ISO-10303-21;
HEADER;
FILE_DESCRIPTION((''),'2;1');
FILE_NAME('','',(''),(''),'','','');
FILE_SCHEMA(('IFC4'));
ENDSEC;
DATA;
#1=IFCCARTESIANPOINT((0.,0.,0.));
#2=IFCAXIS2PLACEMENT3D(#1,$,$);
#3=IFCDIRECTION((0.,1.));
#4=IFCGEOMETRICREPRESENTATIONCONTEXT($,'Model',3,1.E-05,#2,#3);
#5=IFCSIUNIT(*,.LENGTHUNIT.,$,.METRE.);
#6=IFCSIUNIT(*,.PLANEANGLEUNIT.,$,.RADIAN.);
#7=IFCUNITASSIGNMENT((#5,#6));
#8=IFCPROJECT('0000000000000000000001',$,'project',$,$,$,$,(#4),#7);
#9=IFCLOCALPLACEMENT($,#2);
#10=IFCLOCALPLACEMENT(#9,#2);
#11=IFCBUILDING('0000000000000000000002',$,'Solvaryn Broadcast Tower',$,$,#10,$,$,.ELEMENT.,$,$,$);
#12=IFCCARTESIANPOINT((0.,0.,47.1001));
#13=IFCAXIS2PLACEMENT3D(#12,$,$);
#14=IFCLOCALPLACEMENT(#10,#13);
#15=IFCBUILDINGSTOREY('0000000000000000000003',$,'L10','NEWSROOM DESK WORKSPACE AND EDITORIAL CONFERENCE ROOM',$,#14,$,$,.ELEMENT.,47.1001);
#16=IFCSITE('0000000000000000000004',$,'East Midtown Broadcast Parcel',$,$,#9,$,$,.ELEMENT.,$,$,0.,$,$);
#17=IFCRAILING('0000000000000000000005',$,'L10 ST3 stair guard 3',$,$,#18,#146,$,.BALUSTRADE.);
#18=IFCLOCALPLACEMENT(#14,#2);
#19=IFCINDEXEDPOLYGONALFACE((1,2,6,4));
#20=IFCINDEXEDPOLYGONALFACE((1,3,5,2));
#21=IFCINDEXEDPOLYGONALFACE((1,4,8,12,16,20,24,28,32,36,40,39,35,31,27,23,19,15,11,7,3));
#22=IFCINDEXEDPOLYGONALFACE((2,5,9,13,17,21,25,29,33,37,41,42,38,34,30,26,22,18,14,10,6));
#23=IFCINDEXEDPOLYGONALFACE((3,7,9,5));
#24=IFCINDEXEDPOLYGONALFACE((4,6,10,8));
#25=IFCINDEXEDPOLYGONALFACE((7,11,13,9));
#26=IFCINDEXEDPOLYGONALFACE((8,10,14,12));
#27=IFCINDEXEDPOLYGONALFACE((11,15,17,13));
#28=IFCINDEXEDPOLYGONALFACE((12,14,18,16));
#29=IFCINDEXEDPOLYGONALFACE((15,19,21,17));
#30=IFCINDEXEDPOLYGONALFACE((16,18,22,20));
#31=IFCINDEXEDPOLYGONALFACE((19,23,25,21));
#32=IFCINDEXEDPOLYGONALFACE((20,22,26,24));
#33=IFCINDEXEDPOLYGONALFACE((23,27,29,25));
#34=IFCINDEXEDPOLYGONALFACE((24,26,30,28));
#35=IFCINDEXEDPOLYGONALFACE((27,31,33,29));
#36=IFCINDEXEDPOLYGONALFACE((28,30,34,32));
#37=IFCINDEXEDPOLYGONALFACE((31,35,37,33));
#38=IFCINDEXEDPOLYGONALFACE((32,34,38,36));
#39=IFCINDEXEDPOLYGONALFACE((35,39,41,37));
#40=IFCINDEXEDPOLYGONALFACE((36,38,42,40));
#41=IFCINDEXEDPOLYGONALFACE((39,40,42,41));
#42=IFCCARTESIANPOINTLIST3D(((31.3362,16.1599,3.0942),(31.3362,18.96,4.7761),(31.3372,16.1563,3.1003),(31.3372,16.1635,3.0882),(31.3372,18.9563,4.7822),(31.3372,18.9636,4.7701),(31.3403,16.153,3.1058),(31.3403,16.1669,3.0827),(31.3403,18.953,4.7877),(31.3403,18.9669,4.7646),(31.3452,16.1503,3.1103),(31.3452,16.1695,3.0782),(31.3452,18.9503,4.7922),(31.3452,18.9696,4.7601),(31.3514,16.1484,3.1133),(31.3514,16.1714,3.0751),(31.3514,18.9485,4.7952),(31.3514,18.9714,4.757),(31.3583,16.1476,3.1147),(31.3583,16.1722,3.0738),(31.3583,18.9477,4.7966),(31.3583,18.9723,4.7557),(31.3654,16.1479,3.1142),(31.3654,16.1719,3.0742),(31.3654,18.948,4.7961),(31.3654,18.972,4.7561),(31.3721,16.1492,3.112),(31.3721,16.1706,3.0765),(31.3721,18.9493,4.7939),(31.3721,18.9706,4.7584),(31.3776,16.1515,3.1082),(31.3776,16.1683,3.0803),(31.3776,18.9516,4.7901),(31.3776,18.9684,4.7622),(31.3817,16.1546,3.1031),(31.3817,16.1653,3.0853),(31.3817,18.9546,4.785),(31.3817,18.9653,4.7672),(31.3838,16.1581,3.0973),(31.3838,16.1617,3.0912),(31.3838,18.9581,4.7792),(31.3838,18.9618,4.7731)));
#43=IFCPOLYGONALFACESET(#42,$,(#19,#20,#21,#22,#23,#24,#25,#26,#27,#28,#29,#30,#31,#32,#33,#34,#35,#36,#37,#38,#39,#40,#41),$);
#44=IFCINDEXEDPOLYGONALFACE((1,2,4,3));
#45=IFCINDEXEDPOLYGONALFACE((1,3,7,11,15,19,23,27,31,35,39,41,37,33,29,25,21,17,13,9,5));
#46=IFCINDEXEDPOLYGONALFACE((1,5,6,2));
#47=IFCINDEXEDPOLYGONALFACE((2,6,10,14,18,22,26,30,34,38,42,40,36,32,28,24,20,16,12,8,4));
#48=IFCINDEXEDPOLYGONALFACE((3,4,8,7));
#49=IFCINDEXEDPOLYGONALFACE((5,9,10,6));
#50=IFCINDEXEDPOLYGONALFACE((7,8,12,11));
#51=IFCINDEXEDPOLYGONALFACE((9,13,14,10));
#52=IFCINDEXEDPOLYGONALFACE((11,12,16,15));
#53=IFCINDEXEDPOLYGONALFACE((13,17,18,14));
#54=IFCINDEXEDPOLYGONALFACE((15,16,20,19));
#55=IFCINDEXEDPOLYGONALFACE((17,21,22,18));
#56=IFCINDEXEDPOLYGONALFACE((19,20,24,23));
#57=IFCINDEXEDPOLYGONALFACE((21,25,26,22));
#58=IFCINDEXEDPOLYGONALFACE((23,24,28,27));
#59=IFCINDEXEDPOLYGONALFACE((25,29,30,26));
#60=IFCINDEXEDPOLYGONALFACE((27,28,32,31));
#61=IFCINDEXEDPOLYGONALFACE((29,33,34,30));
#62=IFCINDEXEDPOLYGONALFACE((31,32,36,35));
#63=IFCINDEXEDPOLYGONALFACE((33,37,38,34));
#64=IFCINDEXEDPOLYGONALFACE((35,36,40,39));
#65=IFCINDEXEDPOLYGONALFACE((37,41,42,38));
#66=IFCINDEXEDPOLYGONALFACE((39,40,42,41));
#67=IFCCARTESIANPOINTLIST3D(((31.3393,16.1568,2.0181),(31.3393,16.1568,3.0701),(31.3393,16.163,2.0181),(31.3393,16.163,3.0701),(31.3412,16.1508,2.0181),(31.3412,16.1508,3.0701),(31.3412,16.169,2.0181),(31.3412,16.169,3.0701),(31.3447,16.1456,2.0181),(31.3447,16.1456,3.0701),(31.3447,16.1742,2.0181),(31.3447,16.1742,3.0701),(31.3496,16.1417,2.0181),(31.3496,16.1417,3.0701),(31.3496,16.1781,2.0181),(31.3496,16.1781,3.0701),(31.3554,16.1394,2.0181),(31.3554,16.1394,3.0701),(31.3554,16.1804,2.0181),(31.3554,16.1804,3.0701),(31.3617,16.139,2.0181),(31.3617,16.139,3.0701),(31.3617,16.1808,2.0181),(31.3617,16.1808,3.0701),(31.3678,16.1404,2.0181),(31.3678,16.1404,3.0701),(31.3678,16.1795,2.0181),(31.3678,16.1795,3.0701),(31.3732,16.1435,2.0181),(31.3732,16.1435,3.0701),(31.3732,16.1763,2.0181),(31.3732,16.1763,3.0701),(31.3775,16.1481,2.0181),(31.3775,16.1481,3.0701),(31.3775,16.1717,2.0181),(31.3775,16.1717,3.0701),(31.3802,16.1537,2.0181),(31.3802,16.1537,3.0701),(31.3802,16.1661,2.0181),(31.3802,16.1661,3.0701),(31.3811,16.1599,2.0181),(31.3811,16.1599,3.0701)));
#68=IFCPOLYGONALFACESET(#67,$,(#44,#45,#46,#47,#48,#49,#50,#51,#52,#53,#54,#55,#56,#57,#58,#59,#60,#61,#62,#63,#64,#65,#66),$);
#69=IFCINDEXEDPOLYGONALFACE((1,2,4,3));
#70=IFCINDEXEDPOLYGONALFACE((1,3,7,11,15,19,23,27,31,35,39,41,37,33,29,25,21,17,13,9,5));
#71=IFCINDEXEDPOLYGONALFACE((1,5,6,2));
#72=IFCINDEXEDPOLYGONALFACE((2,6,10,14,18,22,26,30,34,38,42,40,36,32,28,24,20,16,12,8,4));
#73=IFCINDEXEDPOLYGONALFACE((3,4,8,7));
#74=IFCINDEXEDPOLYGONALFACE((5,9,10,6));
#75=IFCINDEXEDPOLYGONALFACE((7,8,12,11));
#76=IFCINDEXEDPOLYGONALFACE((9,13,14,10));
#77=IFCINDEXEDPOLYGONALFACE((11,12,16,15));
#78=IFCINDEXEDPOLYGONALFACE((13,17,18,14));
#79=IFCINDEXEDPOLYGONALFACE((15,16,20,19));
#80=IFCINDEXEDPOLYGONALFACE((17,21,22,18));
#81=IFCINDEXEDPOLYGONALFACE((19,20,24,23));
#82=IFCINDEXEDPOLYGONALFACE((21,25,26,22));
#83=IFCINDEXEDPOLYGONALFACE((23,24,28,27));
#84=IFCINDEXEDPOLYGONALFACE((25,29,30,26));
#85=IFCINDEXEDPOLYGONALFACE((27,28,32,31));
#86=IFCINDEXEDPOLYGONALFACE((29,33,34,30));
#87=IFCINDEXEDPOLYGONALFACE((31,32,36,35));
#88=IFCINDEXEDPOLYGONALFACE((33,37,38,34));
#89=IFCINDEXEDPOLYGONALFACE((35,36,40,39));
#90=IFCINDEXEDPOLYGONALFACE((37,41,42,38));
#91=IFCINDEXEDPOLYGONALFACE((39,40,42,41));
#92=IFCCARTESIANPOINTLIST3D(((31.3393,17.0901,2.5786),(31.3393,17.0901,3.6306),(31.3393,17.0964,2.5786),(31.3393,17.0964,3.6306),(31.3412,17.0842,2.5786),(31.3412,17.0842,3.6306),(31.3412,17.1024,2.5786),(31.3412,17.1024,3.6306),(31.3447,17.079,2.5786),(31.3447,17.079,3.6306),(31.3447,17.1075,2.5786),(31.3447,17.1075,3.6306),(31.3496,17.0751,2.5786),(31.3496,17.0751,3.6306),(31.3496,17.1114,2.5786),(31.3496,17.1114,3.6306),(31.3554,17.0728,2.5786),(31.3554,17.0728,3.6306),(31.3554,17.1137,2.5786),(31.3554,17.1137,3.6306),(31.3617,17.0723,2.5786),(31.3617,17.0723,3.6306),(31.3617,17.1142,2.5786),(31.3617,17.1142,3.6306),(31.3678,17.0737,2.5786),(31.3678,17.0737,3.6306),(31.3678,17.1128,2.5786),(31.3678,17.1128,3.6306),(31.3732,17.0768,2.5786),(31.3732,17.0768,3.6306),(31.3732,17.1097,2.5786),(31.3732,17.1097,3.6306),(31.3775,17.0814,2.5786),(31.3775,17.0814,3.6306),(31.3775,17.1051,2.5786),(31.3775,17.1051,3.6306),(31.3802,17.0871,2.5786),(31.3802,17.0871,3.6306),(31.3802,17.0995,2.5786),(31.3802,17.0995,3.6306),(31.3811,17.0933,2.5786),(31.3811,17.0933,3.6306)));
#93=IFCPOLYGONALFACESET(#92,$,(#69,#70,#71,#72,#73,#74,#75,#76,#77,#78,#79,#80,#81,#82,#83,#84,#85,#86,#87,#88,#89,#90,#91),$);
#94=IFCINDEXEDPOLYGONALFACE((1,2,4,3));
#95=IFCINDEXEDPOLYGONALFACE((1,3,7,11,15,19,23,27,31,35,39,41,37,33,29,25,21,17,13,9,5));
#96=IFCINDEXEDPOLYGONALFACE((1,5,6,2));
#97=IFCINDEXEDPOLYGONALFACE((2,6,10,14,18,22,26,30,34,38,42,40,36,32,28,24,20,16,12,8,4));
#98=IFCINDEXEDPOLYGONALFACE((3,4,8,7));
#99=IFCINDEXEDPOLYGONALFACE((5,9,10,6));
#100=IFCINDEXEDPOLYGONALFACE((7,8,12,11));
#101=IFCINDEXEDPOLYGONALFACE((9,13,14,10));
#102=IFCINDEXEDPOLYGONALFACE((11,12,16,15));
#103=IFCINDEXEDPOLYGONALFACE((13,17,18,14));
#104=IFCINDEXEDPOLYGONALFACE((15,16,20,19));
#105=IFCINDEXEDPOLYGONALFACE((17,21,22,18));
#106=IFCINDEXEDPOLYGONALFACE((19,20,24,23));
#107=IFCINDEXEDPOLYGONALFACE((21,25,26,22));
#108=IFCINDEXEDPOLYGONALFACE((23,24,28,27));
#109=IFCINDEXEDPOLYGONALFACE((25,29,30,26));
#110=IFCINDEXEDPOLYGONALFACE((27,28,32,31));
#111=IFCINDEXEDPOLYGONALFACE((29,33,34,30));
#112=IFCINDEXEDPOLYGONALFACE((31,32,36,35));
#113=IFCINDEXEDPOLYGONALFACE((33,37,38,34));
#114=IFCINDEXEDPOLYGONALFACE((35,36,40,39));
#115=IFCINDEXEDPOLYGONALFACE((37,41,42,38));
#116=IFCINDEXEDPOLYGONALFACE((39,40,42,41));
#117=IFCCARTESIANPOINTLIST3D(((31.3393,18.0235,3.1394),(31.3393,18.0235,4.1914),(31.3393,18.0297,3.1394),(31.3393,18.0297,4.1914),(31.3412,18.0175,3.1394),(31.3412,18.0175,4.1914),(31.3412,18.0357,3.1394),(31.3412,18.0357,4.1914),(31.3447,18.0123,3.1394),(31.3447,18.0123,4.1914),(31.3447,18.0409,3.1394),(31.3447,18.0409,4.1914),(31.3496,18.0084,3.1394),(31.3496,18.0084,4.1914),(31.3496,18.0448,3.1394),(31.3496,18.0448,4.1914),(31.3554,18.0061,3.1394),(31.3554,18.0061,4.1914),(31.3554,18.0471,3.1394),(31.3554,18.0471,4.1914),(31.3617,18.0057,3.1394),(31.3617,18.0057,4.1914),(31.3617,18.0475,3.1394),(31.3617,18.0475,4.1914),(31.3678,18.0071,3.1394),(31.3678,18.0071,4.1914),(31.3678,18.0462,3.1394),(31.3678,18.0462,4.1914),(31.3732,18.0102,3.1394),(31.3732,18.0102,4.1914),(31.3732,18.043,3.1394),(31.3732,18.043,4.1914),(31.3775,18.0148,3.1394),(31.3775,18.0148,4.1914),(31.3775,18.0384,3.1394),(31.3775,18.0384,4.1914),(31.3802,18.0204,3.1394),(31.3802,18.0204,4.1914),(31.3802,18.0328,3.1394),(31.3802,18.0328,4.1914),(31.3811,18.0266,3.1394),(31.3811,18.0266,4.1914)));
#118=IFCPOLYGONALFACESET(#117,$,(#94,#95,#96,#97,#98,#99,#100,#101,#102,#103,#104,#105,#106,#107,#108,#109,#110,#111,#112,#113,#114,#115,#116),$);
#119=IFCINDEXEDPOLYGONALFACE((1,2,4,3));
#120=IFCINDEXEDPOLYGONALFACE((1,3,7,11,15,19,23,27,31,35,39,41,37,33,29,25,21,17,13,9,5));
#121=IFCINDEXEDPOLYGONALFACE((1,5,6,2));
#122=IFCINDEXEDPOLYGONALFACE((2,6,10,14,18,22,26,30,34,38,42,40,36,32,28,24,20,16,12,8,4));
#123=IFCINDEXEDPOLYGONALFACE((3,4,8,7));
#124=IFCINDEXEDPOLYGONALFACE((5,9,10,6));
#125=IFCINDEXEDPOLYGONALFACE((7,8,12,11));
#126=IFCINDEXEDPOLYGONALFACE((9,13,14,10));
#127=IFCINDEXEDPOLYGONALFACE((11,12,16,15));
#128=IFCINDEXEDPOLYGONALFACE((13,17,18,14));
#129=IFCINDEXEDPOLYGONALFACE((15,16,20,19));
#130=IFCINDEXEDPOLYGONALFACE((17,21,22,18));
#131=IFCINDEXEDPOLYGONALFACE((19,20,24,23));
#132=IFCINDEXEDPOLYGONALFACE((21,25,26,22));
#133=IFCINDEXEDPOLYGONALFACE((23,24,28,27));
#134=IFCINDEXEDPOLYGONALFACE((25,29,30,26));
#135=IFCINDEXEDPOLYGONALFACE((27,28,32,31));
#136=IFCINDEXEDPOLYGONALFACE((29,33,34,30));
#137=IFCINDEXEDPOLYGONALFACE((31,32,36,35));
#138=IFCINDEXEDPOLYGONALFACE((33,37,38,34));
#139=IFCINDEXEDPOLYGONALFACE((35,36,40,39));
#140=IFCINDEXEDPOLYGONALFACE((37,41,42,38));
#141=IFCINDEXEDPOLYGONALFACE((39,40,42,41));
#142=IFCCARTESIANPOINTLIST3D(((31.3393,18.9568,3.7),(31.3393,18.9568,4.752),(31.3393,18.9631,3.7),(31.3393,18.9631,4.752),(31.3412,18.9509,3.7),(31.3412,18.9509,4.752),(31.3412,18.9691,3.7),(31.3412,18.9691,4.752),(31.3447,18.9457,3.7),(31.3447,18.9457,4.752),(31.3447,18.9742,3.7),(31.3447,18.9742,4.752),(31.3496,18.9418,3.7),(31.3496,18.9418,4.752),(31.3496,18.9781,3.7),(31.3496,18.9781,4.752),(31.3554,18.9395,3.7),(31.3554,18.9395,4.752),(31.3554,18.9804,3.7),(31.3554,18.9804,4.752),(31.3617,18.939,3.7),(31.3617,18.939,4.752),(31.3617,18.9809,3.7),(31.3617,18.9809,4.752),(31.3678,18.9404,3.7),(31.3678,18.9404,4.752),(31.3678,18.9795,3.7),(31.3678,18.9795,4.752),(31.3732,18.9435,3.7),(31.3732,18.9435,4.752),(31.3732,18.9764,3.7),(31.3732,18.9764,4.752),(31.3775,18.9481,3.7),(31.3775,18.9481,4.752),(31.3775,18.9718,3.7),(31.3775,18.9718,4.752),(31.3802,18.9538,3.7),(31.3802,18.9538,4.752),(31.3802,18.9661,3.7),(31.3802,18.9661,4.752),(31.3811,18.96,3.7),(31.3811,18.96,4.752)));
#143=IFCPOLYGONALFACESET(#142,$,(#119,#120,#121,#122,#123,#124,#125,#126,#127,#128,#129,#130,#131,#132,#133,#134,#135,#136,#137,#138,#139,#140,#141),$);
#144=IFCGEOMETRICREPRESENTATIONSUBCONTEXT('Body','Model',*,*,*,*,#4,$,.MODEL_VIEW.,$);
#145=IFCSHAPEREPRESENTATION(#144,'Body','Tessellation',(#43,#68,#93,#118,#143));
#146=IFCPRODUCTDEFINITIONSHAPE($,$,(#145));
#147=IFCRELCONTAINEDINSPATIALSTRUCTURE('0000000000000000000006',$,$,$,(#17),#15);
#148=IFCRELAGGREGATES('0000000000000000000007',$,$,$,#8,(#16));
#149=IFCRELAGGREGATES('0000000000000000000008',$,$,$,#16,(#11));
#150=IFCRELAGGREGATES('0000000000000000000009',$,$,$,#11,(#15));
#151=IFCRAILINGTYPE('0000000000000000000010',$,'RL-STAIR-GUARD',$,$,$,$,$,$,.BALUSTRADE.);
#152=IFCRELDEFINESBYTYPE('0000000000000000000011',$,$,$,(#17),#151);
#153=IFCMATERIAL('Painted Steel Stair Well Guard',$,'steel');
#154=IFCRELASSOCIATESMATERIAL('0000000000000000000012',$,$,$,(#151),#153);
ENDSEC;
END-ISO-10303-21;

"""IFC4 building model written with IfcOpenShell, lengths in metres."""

from ifc_helpers import new_model, si_unit, direction, frame, origin, origin_2d, place, context, subcontext, project, spatial, circle, extrude, material, type_object, element, save


model = new_model("IFC4")

# Units and contexts
model_context = context("Model", 3, precision=1e-05, world=origin(), true_north=direction((0.0, 1.0)))
body_context = subcontext(model_context, "Body", "Model", "MODEL_VIEW")
ifc_project = project(units=[si_unit("LENGTHUNIT", "METRE"), si_unit("PLANEANGLEUNIT", "RADIAN")], contexts=[model_context])

# Site, building, storey
site_placement = place(None, origin())
site = spatial("IfcSite", under=ifc_project, at=site_placement, Name="East Midtown Broadcast Parcel", CompositionType="ELEMENT", RefElevation=0.0)
building_placement = place(site_placement, origin())
building = spatial("IfcBuilding", under=site, at=building_placement, Name="Solvaryn Broadcast Tower", CompositionType="ELEMENT")
storey_placement = place(building_placement, frame((0.0, 0.0, 47.1001)))
storey = spatial("IfcBuildingStorey", under=building, at=storey_placement, Name="L10", Description="NEWSROOM DESK WORKSPACE AND EDITORIAL CONFERENCE ROOM", CompositionType="ELEMENT", Elevation=47.1001)

# Railing
ifc_material_1 = material(Name="Painted Steel Stair Well Guard", Category="steel")
railing_type_1 = type_object("IfcRailingType", Name="RL-STAIR-GUARD", PredefinedType="BALUSTRADE", material=ifc_material_1)
railing_1_placement = place(storey_placement, frame((31.3601, 16.1599, 2.0181)))
element("IfcRailing", 1, at=railing_1_placement, inside=storey, type_object=railing_type_1, Name="L10 ST3 stair guard 3", PredefinedType="BALUSTRADE", context=body_context, shape_type="SweptSolid", body=[
    extrude(circle(Radius=0.0239, at=origin_2d()), frame((0.0, 0.0, 1.0762), z_axis=(0.0, 0.857242, 0.514913), x_axis=(-1.0, 0.0, 0.0)), (0.0, 0.0, 1.0), 3.2664),
    extrude(circle(Radius=0.021, at=origin_2d()), origin(), (0.0, 0.0, 1.0), 1.052),
    extrude(circle(Radius=0.021, at=origin_2d()), frame((0.0, 0.9333, 0.5605)), (0.0, 0.0, 1.0), 1.052),
    extrude(circle(Radius=0.021, at=origin_2d()), frame((0.0, 1.8667, 1.1213)), (0.0, 0.0, 1.0), 1.052),
    extrude(circle(Radius=0.021, at=origin_2d()), frame((0.0, 2.8, 1.6819)), (0.0, 0.0, 1.0), 1.052),
])

save(model, "model.ifc")
